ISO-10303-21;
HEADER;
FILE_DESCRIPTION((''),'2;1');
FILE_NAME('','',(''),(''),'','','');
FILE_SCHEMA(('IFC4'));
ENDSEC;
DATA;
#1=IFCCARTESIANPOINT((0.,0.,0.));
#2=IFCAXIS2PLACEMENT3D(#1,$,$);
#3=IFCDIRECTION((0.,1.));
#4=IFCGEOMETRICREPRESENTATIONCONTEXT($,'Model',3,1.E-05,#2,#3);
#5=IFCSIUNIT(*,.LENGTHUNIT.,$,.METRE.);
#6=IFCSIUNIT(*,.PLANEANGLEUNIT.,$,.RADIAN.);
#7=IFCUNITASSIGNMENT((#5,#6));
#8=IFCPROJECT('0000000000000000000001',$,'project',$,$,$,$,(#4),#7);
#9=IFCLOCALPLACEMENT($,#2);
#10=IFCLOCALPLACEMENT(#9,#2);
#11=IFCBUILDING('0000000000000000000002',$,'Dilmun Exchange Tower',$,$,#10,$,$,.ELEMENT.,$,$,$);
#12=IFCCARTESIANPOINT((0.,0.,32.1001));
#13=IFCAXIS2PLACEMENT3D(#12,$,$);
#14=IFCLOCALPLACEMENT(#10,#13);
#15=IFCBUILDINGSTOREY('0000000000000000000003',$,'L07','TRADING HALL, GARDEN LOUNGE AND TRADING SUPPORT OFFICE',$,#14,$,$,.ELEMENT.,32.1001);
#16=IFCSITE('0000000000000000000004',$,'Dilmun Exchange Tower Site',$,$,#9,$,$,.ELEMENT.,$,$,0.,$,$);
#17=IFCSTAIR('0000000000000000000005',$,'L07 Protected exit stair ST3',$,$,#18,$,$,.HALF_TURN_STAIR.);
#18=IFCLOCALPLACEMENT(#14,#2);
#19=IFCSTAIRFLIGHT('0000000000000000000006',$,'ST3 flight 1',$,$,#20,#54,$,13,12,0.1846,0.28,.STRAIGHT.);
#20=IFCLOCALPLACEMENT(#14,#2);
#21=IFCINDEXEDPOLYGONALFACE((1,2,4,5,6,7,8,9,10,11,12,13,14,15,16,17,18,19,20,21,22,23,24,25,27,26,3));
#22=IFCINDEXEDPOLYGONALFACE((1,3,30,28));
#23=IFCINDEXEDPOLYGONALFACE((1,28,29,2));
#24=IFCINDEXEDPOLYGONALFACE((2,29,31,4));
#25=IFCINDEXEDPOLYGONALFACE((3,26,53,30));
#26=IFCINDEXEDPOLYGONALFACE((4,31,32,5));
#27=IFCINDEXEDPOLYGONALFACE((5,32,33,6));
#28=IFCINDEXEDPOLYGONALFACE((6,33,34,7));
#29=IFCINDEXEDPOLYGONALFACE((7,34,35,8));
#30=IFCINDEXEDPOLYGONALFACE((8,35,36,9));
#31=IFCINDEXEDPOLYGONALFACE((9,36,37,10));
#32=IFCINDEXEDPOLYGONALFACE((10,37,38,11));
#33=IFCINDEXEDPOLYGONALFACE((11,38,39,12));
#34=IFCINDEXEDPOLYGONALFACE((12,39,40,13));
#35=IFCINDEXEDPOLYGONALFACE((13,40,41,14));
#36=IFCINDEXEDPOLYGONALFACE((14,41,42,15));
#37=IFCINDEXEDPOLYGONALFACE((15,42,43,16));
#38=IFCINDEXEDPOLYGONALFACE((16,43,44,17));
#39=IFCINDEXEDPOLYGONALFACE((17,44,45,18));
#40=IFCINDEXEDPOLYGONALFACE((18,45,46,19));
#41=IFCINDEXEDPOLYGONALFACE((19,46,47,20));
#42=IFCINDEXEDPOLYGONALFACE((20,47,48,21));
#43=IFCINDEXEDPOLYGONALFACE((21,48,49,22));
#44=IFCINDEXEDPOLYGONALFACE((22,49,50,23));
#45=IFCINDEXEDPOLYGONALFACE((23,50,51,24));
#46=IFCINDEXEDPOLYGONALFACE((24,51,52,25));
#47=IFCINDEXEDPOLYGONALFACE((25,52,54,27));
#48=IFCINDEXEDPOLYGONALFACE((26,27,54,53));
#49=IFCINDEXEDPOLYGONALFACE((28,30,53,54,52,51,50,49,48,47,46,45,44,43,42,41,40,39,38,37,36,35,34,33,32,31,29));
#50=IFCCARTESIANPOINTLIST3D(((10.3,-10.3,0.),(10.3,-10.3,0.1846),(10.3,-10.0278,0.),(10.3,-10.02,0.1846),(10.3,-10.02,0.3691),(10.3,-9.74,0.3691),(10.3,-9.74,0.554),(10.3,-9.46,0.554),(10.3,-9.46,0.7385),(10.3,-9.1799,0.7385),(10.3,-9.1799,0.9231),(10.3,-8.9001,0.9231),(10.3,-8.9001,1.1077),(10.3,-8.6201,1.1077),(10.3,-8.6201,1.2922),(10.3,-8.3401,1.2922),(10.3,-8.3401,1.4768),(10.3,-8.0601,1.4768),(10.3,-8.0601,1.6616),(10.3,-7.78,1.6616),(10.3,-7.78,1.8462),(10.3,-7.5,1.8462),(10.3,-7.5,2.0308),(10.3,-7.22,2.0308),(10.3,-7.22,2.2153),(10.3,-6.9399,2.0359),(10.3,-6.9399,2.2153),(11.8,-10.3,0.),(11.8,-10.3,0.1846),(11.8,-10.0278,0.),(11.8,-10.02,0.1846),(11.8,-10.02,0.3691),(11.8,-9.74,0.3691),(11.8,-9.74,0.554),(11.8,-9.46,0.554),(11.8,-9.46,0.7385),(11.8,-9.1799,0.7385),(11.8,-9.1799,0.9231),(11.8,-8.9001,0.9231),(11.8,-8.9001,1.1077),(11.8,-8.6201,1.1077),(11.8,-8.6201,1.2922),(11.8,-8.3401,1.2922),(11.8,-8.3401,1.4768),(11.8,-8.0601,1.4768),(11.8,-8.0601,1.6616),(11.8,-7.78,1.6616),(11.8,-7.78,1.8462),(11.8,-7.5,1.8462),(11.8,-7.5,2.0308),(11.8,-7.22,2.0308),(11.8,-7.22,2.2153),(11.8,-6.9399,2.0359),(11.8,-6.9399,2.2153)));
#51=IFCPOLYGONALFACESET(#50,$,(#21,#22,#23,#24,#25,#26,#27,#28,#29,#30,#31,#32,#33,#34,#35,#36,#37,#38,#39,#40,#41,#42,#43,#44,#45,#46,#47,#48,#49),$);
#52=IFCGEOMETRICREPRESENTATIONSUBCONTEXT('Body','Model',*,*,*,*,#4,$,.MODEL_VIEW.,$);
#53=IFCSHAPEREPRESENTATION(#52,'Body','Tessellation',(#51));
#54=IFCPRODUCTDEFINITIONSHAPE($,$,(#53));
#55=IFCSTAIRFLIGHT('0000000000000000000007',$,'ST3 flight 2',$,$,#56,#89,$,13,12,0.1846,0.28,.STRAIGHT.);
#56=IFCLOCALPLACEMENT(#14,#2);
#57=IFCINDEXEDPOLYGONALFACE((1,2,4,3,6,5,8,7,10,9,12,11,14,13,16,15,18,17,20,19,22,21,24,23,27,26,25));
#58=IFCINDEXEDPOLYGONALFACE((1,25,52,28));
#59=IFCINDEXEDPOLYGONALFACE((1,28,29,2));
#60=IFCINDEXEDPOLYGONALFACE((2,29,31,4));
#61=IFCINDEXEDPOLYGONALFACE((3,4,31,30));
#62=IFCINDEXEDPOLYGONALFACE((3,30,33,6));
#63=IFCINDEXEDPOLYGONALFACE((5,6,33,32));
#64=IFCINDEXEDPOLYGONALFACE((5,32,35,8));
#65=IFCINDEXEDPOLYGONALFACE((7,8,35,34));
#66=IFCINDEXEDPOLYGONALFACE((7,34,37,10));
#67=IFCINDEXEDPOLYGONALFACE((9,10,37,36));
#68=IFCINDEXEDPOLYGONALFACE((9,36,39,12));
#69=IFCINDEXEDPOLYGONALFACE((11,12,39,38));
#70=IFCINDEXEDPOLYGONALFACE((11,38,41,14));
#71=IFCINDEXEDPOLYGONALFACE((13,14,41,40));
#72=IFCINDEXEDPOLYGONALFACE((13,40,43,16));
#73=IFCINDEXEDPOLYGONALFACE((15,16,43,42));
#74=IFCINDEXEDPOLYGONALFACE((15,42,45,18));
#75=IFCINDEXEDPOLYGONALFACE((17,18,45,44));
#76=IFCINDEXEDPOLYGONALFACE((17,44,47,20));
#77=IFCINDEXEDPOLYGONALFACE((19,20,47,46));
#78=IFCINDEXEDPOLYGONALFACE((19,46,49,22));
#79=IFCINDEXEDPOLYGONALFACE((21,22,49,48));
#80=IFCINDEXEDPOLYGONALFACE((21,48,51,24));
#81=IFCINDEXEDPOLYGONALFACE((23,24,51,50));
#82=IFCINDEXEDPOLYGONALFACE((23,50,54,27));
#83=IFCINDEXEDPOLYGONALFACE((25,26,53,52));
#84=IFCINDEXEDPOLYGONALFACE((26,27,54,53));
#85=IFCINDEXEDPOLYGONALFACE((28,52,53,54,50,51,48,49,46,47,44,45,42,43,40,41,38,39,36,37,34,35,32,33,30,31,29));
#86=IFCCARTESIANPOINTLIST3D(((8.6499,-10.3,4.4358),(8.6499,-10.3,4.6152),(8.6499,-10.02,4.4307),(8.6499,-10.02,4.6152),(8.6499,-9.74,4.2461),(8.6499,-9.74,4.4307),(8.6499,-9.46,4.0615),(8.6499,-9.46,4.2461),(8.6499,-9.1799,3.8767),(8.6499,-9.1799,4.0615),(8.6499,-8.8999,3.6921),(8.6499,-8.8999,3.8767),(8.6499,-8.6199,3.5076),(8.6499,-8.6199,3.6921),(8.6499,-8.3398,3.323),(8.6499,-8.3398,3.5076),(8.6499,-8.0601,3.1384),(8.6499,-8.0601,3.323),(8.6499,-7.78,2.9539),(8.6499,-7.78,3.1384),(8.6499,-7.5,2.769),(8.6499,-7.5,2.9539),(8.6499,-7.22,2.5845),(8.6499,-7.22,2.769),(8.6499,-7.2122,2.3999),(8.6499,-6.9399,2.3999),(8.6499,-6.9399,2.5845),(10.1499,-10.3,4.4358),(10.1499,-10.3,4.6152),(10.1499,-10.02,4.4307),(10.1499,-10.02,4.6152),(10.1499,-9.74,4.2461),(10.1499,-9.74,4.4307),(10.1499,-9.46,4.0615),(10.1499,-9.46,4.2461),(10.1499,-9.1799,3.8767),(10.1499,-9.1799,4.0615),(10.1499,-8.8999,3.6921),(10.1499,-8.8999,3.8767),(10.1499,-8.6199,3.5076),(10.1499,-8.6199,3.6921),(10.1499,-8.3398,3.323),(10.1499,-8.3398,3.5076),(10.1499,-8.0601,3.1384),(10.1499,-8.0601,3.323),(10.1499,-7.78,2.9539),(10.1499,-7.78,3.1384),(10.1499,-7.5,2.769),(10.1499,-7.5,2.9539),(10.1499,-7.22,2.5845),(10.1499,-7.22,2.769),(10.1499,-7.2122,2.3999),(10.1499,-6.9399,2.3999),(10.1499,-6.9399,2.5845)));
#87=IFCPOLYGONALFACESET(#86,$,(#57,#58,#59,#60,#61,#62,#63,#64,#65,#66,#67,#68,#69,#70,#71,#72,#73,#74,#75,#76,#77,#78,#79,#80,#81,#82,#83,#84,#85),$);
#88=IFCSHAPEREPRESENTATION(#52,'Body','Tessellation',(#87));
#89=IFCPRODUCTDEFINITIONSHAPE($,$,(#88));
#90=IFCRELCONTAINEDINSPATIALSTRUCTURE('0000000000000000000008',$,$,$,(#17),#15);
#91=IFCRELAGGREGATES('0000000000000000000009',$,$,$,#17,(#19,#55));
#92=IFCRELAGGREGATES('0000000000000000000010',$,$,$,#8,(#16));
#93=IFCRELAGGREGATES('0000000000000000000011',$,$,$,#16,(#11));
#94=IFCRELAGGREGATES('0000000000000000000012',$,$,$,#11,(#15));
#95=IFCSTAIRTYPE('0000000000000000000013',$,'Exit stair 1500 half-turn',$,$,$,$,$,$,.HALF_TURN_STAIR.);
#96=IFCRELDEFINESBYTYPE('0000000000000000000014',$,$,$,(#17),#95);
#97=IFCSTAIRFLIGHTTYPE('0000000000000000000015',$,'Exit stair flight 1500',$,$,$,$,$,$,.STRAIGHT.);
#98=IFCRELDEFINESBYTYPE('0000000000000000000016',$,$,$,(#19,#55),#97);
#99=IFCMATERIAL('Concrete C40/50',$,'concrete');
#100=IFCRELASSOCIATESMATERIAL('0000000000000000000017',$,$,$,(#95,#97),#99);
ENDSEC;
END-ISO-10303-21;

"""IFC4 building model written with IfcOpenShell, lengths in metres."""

from ifc_helpers import new_model, si_unit, direction, frame, origin, place, context, subcontext, project, spatial, polyline, outline, extrude, material, type_object, element, aggregate, save


model = new_model("IFC4")

# Units and contexts
model_context = context("Model", 3, precision=1e-05, world=origin(), true_north=direction((0.0, 1.0)))
body_context = subcontext(model_context, "Body", "Model", "MODEL_VIEW")
ifc_project = project(units=[si_unit("LENGTHUNIT", "METRE"), si_unit("PLANEANGLEUNIT", "RADIAN")], contexts=[model_context])

# Site, building, storey
site_placement = place(None, origin())
site = spatial("IfcSite", under=ifc_project, at=site_placement, Name="Dilmun Exchange Tower Site", CompositionType="ELEMENT", RefElevation=0.0)
building_placement = place(site_placement, origin())
building = spatial("IfcBuilding", under=site, at=building_placement, Name="Dilmun Exchange Tower", CompositionType="ELEMENT")
storey_placement = place(building_placement, frame((0.0, 0.0, 32.1001)))
storey = spatial("IfcBuildingStorey", under=building, at=storey_placement, Name="L07", Description="TRADING HALL, GARDEN LOUNGE AND TRADING SUPPORT OFFICE", CompositionType="ELEMENT", Elevation=32.1001)

# Shared definitions
ifc_material_1 = material(Name="Concrete C40/50", Category="concrete")

# Stair, stair flights
stair_type = type_object("IfcStairType", Name="Exit stair 1500 half-turn", PredefinedType="HALF_TURN_STAIR", material=ifc_material_1)
stair_placement = place(storey_placement, origin())
stair = element("IfcStair", 1, at=stair_placement, inside=storey, type_object=stair_type, Name="L07 Protected exit stair ST3", PredefinedType="HALF_TURN_STAIR")
stair_flight_type = type_object("IfcStairFlightType", Name="Exit stair flight 1500", PredefinedType="STRAIGHT", material=ifc_material_1)
stair_flight_1_placement = place(storey_placement, frame((11.05, -10.3, 0.0), z_axis=(0.0, 0.0, 1.0), x_axis=(0.0, 1.0, 0.0)))
stair_flight_1 = element("IfcStairFlight", 2, at=stair_flight_1_placement, type_object=stair_flight_type, Name="ST3 flight 1", NumberOfRisers=13, NumberOfTreads=12, PredefinedType="STRAIGHT", RiserHeight=0.1846, TreadLength=0.28, context=body_context, shape_type="SweptSolid", body=[
    extrude(outline(polyline([(0.0, 0.0), (0.0, 0.1846), (0.28, 0.1846), (0.28, 0.3691), (0.5601, 0.3691), (0.5601, 0.554), (0.8401, 0.554), (0.8401, 0.7385), (1.1201, 0.7385), (1.1201, 0.9231), (1.3999, 0.9231), (1.3999, 1.1077), (1.6799, 1.1077), (1.6799, 1.2922), (1.96, 1.2922), (1.96, 1.4768), (2.24, 1.4768), (2.24, 1.6616), (2.52, 1.6616), (2.52, 1.8462), (2.8, 1.8462), (2.8, 2.0308), (3.0801, 2.0308), (3.0801, 2.2153), (3.3601, 2.2153), (3.3601, 2.3999), (3.3601, 2.0359), (0.2722, 0.0), (0.0, 0.0)])), frame((0.0, 0.75, 0.0), z_axis=(0.0, -1.0, 0.0), x_axis=(1.0, 0.0, 0.0)), (0.0, 0.0, 1.0), 1.5),
])
stair_flight_2_placement = place(storey_placement, frame((9.3999, -6.9399, 2.3999), z_axis=(0.0, 0.0, 1.0), x_axis=(0.0, -1.0, 0.0)))
stair_flight_2 = element("IfcStairFlight", 3, at=stair_flight_2_placement, type_object=stair_flight_type, Name="ST3 flight 2", NumberOfRisers=13, NumberOfTreads=12, PredefinedType="STRAIGHT", RiserHeight=0.1846, TreadLength=0.28, context=body_context, shape_type="SweptSolid", body=[
    extrude(outline(polyline([(0.0, 0.0), (0.0, 0.1846), (0.28, 0.1846), (0.28, 0.3691), (0.5601, 0.3691), (0.5601, 0.554), (0.8401, 0.554), (0.8401, 0.7385), (1.1201, 0.7385), (1.1201, 0.9231), (1.3999, 0.9231), (1.3999, 1.1077), (1.6799, 1.1077), (1.6799, 1.2922), (1.96, 1.2922), (1.96, 1.4768), (2.24, 1.4768), (2.24, 1.6616), (2.52, 1.6616), (2.52, 1.8462), (2.8, 1.8462), (2.8, 2.0308), (3.0801, 2.0308), (3.0801, 2.2153), (3.3601, 2.2153), (3.3601, 2.3999), (3.3601, 2.0359), (0.2722, 0.0), (0.0, 0.0)])), frame((0.0, 0.75, 0.0), z_axis=(0.0, -1.0, 0.0), x_axis=(1.0, 0.0, 0.0)), (0.0, 0.0, 1.0), 1.5),
])
aggregate(stair, [stair_flight_1, stair_flight_2])

save(model, "model.ifc")
